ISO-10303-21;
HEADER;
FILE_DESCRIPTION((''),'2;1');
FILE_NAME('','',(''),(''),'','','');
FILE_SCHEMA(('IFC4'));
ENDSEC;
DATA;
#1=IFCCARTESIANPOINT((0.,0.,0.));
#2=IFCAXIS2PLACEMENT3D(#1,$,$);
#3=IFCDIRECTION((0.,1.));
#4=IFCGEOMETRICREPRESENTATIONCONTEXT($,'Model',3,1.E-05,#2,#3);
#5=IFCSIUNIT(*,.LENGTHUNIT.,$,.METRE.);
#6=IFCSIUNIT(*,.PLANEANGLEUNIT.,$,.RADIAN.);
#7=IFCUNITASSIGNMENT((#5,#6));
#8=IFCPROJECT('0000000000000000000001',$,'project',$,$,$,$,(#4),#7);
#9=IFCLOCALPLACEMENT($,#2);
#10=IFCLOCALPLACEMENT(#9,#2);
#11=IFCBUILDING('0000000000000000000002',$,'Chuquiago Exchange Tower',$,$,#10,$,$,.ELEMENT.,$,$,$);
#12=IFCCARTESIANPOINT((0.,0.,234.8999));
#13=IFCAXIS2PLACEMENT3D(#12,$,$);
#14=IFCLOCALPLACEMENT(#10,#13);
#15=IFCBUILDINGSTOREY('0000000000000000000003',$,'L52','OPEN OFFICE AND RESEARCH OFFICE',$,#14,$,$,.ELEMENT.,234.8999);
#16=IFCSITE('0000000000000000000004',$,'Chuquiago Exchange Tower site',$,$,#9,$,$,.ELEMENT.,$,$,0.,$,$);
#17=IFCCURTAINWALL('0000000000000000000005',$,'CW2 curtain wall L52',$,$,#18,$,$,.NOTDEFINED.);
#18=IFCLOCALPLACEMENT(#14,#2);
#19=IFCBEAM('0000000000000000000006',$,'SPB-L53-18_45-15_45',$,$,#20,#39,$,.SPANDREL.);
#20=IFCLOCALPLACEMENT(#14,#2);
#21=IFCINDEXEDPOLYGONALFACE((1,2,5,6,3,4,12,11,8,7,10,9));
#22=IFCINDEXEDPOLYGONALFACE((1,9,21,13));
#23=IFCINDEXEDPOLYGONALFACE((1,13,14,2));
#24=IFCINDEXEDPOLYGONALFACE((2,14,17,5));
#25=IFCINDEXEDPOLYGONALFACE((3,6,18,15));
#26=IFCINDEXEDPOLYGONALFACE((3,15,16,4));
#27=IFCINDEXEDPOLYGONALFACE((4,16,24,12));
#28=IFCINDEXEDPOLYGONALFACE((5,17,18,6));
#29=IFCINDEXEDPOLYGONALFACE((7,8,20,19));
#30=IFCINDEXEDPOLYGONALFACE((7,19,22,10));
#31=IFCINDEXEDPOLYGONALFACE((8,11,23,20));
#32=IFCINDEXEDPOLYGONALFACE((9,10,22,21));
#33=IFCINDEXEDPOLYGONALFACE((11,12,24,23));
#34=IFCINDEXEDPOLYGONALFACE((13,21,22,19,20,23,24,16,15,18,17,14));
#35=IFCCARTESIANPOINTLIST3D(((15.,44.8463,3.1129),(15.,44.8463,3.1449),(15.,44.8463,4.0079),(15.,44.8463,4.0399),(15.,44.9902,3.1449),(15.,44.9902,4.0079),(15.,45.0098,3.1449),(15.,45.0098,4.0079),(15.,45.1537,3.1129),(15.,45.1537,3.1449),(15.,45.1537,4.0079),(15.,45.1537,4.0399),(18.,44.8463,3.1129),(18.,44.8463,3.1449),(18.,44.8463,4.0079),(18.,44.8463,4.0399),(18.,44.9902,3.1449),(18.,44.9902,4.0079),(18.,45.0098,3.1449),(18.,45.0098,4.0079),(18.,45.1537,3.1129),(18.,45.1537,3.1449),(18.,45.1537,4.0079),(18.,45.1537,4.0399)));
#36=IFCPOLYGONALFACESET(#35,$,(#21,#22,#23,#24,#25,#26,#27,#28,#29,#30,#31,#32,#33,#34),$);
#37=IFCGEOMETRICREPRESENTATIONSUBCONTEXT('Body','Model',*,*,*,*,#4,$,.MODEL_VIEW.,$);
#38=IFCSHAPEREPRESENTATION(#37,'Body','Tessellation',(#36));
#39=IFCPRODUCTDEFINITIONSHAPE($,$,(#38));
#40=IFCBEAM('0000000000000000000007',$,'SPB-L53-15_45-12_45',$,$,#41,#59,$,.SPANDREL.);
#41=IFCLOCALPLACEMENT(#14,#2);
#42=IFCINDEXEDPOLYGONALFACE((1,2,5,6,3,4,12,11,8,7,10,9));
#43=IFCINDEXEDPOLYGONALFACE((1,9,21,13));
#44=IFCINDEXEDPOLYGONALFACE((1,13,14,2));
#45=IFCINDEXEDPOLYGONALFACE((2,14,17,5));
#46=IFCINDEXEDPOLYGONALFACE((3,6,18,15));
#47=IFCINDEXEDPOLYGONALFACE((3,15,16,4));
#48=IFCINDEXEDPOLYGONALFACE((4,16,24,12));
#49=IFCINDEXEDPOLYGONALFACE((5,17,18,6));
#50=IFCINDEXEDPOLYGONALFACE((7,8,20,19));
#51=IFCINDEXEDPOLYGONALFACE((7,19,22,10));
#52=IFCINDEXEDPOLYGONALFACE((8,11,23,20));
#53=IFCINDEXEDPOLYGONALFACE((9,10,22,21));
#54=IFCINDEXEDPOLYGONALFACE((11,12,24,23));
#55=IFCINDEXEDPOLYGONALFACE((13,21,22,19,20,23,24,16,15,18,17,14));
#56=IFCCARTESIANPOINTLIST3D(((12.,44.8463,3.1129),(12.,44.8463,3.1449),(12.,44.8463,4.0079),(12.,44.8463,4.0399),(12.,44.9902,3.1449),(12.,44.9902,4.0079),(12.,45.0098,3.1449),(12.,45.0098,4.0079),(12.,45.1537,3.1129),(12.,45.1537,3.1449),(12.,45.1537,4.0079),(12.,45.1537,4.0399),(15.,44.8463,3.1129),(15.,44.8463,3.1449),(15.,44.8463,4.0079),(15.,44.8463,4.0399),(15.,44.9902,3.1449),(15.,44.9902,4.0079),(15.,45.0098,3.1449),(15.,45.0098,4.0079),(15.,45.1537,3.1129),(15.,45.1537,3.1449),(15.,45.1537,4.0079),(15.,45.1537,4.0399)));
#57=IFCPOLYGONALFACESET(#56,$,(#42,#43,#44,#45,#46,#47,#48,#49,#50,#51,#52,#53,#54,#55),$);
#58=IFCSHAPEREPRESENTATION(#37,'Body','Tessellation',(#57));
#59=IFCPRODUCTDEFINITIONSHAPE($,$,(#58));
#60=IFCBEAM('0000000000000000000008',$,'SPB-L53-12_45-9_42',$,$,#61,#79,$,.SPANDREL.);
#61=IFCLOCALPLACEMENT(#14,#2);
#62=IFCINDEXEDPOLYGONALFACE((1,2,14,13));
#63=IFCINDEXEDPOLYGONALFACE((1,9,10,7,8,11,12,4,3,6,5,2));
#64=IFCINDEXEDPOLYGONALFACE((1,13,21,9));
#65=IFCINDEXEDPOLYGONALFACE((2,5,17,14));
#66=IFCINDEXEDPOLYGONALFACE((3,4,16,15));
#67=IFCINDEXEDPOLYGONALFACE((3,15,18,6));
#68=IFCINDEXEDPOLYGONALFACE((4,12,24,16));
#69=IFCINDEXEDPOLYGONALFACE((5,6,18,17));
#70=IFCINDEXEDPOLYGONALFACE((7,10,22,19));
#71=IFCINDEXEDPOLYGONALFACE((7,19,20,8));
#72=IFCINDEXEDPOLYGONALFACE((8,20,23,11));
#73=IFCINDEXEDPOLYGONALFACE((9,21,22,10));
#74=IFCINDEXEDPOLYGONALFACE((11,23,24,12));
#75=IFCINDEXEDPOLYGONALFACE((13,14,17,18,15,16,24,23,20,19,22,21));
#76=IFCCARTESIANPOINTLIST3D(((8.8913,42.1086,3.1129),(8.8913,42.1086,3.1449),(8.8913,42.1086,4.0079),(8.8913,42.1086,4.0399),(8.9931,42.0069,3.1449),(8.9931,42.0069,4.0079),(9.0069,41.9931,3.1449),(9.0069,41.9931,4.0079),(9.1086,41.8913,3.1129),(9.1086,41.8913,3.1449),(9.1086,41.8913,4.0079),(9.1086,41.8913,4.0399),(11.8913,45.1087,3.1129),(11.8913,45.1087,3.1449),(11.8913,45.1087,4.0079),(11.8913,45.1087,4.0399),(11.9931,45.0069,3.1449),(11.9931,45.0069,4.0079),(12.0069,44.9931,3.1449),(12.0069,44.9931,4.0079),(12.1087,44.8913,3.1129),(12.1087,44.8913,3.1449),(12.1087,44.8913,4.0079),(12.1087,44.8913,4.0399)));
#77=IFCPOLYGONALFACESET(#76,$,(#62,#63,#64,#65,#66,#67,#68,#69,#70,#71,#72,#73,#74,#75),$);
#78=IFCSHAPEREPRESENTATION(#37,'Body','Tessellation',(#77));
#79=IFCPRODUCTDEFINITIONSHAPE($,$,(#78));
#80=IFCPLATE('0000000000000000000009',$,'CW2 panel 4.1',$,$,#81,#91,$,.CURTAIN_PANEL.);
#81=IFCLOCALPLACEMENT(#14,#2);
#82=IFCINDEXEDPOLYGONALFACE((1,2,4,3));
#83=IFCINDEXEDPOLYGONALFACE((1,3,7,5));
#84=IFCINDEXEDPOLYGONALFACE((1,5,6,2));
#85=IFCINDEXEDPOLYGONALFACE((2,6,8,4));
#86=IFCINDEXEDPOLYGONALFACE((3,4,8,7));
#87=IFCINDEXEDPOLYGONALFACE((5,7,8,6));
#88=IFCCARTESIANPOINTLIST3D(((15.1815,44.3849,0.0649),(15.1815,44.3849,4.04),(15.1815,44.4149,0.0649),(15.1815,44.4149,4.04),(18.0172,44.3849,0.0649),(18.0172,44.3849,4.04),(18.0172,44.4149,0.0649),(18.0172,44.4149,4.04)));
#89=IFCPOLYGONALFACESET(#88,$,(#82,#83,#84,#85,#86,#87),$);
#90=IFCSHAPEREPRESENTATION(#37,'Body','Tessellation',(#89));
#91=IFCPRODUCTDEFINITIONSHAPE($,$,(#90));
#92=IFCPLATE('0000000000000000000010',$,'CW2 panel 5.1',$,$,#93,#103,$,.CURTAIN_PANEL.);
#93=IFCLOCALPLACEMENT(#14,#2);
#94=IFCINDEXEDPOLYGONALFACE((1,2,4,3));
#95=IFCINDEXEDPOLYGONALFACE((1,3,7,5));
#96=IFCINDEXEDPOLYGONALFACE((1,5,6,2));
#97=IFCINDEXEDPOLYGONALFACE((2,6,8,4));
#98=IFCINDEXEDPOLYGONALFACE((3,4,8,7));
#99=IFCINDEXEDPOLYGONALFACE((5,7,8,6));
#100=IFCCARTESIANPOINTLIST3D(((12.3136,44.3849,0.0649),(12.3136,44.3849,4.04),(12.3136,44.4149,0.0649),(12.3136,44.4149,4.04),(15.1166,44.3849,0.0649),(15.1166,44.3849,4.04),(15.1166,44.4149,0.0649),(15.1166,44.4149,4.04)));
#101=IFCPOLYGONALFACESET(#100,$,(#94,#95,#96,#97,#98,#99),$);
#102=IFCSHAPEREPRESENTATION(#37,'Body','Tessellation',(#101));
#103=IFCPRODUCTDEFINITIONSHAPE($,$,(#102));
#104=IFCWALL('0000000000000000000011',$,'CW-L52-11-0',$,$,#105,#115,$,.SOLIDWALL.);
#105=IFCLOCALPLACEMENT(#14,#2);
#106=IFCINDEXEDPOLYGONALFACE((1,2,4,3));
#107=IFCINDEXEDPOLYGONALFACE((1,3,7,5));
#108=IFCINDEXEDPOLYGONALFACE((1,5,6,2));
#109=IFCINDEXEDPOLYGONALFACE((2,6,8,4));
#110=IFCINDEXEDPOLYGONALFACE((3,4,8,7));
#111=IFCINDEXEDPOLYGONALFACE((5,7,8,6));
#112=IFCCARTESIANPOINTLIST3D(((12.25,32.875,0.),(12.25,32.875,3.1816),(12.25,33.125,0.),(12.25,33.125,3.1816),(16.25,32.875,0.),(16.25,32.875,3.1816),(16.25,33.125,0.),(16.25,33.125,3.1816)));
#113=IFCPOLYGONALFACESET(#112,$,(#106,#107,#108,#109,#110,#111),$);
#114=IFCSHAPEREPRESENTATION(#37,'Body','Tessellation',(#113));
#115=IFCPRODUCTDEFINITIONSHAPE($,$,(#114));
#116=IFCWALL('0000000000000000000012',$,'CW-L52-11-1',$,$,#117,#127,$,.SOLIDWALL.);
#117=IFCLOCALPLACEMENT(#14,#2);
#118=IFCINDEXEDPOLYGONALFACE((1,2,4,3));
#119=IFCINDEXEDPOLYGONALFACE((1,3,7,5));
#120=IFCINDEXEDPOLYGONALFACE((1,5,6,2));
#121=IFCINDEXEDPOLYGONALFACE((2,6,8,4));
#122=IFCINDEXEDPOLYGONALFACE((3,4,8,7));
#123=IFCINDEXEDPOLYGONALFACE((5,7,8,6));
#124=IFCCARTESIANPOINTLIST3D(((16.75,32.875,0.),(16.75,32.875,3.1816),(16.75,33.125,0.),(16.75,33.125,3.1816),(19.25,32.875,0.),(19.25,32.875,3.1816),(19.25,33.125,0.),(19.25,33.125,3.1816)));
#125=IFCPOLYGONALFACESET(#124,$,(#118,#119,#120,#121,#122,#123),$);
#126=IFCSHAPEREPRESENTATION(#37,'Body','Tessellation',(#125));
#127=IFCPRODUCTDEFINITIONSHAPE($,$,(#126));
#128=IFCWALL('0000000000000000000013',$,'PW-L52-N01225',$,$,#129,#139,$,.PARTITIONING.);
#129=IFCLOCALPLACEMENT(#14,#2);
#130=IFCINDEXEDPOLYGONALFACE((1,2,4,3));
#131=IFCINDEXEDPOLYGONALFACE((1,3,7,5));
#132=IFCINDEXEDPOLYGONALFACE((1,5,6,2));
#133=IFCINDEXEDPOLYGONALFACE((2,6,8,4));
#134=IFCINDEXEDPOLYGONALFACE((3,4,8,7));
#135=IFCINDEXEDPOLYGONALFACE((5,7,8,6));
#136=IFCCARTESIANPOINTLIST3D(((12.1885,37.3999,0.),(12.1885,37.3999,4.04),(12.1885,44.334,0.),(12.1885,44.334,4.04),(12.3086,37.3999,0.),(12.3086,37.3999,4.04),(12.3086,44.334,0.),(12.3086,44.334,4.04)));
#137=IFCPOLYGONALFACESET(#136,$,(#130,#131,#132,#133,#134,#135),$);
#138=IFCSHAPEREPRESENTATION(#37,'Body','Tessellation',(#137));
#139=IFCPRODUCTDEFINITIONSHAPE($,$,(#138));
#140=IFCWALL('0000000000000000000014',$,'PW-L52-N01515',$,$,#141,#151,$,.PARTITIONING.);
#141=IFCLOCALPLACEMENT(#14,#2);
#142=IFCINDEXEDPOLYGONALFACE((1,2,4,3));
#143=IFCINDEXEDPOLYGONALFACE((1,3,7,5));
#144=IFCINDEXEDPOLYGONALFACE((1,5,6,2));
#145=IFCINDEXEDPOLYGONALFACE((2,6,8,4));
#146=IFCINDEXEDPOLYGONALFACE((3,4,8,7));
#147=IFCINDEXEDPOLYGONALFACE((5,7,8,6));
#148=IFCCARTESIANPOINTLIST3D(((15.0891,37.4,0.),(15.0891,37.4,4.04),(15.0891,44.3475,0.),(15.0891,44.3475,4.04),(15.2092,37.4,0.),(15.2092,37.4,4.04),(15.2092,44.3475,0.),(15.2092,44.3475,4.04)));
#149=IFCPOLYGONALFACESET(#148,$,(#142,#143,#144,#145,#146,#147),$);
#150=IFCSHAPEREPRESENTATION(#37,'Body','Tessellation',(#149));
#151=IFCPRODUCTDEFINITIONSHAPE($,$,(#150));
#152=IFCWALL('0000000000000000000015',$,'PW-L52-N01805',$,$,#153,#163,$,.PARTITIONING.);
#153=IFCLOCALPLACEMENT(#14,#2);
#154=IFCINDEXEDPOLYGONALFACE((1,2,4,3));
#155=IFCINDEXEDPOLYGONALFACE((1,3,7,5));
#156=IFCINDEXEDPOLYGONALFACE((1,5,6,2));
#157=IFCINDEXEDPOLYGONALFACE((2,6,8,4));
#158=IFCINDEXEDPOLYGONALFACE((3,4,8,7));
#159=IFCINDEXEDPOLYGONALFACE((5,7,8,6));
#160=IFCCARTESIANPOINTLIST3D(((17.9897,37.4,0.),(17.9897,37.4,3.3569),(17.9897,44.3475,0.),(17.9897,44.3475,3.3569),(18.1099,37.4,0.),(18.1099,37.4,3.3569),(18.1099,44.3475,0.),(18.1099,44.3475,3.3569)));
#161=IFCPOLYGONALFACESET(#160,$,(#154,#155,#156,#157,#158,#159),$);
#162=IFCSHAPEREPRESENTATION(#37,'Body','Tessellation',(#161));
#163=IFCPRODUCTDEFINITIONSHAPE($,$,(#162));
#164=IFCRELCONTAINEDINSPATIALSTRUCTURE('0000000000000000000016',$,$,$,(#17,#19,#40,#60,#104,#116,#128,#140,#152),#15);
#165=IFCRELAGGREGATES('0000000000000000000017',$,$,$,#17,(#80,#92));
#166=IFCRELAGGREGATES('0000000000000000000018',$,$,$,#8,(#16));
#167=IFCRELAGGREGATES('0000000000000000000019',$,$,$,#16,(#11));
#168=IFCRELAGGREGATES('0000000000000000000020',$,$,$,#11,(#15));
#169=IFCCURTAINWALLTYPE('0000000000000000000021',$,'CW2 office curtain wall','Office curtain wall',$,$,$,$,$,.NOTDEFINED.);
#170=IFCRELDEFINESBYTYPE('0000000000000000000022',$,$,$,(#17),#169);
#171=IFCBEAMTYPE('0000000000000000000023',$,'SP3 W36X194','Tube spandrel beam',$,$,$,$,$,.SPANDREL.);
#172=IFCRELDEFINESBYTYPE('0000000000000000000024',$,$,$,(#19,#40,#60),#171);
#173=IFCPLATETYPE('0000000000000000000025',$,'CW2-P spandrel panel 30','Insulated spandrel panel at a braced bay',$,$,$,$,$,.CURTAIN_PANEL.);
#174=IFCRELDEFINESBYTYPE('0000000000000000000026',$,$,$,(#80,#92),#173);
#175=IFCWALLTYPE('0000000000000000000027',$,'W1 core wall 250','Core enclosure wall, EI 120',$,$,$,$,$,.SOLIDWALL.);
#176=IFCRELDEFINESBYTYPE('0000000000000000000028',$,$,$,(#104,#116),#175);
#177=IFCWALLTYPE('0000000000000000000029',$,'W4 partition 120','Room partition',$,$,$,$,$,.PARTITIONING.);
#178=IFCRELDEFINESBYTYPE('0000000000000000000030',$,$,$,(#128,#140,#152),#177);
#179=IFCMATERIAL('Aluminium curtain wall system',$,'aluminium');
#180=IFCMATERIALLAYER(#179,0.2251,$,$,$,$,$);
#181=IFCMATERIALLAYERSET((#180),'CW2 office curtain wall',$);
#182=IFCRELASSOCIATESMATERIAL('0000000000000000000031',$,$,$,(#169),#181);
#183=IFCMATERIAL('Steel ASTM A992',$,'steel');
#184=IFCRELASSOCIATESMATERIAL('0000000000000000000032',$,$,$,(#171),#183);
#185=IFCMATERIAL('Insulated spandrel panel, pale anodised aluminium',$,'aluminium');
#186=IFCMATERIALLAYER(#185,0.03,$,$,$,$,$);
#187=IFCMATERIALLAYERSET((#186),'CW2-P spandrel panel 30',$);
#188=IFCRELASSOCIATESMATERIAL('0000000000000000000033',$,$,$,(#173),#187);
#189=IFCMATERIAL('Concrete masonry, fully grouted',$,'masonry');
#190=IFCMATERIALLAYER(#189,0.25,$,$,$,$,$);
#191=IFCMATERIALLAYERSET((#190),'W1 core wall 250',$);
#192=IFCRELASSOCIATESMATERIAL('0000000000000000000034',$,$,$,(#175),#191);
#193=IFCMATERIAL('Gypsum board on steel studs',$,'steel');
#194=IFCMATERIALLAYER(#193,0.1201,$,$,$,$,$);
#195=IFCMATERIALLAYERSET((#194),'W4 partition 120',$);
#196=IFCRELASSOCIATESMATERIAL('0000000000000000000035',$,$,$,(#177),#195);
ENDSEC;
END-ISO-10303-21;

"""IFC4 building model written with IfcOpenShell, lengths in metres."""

from ifc_helpers import new_model, si_unit, direction, frame, frame_2d, origin, origin_2d, place, context, subcontext, project, spatial, rectangle, i_section, extrude, material, layer, layer_set, material_profile, profile_set, type_object, element, aggregate, save


model = new_model("IFC4")

# Units and contexts
model_context = context("Model", 3, precision=1e-05, world=origin(), true_north=direction((0.0, 1.0)))
body_context = subcontext(model_context, "Body", "Model", "MODEL_VIEW")
ifc_project = project(units=[si_unit("LENGTHUNIT", "METRE"), si_unit("PLANEANGLEUNIT", "RADIAN")], contexts=[model_context])

# Site, building, storey
site_placement = place(None, origin())
site = spatial("IfcSite", under=ifc_project, at=site_placement, Name="Chuquiago Exchange Tower site", CompositionType="ELEMENT", RefElevation=0.0)
building_placement = place(site_placement, origin())
building = spatial("IfcBuilding", under=site, at=building_placement, Name="Chuquiago Exchange Tower", CompositionType="ELEMENT")
storey_placement = place(building_placement, frame((0.0, 0.0, 234.8999)))
storey = spatial("IfcBuildingStorey", under=building, at=storey_placement, Name="L52", Description="OPEN OFFICE AND RESEARCH OFFICE", CompositionType="ELEMENT", Elevation=234.8999)

# Curtain wall
ifc_material_1 = material(Name="Aluminium curtain wall system", Category="aluminium")
ifc_layer_1 = layer(ifc_material_1, 0.2251)
ifc_layer_set_1 = layer_set([ifc_layer_1], Name="CW2 office curtain wall")
curtain_wall_type_1 = type_object("IfcCurtainWallType", Name="CW2 office curtain wall", Description="Office curtain wall", PredefinedType="NOTDEFINED", material=ifc_layer_set_1)
curtain_wall_1_placement = place(storey_placement, origin())
curtain_wall_1 = element("IfcCurtainWall", 1, at=curtain_wall_1_placement, inside=storey, type_object=curtain_wall_type_1, Name="CW2 curtain wall L52", PredefinedType="NOTDEFINED")

# Beams
ifc_material_2 = material(Name="Steel ASTM A992", Category="steel")
ifc_material_profile_1 = material_profile(ifc_material_2, i_section(OverallWidth=0.3074, OverallDepth=0.927, WebThickness=0.0195, FlangeThickness=0.032, at=origin_2d()), Name="W36X194")
ifc_profile_set_1 = profile_set([ifc_material_profile_1], Name="Steel ASTM A992")
beam_type_1 = type_object("IfcBeamType", Name="SP3 W36X194", Description="Tube spandrel beam", PredefinedType="SPANDREL", material=ifc_profile_set_1)
for number, where, z_axis, x_axis, name in (
    (2, (18.0, 45.0, 3.5764), (-1.0, 0.0, 0.0), (0.0, -1.0, 0.0), "SPB-L53-18_45-15_45"),
    (3, (15.0, 45.0, 3.5764), (-1.0, 0.0, 0.0), (0.0, -1.0, 0.0), "SPB-L53-15_45-12_45"),
):
    element("IfcBeam", number, at=place(storey_placement, frame(where, z_axis=z_axis, x_axis=x_axis)), inside=storey, type_object=beam_type_1, Name=name, PredefinedType="SPANDREL", context=body_context, shape_type="SweptSolid", body=[
        extrude(i_section(OverallWidth=0.3074, OverallDepth=0.927, WebThickness=0.0195, FlangeThickness=0.032, at=origin_2d()), origin(), (0.0, 0.0, 1.0), 3.0),
    ])
beam_1_placement = place(storey_placement, frame((12.0, 45.0, 3.5764), z_axis=(-0.707107, -0.707107, 0.0), x_axis=(0.707107, -0.707107, 0.0)))
element("IfcBeam", 4, at=beam_1_placement, inside=storey, type_object=beam_type_1, Name="SPB-L53-12_45-9_42", PredefinedType="SPANDREL", context=body_context, shape_type="SweptSolid", body=[
    extrude(i_section(OverallWidth=0.3074, OverallDepth=0.927, WebThickness=0.0195, FlangeThickness=0.032, at=origin_2d()), origin(), (0.0, 0.0, 1.0), 4.2427),
])

# Plates
ifc_material_3 = material(Name="Insulated spandrel panel, pale anodised aluminium", Category="aluminium")
ifc_layer_2 = layer(ifc_material_3, 0.03)
ifc_layer_set_2 = layer_set([ifc_layer_2], Name="CW2-P spandrel panel 30")
plate_type = type_object("IfcPlateType", Name="CW2-P spandrel panel 30", Description="Insulated spandrel panel at a braced bay", PredefinedType="CURTAIN_PANEL", material=ifc_layer_set_2)
plate_1_placement = place(storey_placement, frame((16.5994, 44.3999, 0.0649), z_axis=(0.0, 0.0, 1.0), x_axis=(-1.0, 0.0, 0.0)))
plate_1 = element("IfcPlate", 5, at=plate_1_placement, type_object=plate_type, Name="CW2 panel 4.1", PredefinedType="CURTAIN_PANEL", context=body_context, shape_type="SweptSolid", body=[
    extrude(rectangle(XDim=2.8357, YDim=0.03, at=origin_2d()), origin(), (0.0, 0.0, 1.0), 3.9751),
])
plate_2_placement = place(storey_placement, frame((13.7151, 44.3999, 0.0649), z_axis=(0.0, 0.0, 1.0), x_axis=(-1.0, 0.0, 0.0)))
plate_2 = element("IfcPlate", 6, at=plate_2_placement, type_object=plate_type, Name="CW2 panel 5.1", PredefinedType="CURTAIN_PANEL", context=body_context, shape_type="SweptSolid", body=[
    extrude(rectangle(XDim=2.803, YDim=0.03, at=origin_2d()), origin(), (0.0, 0.0, 1.0), 3.9751),
])
aggregate(curtain_wall_1, [plate_1, plate_2])

# Walls
ifc_material_4 = material(Name="Concrete masonry, fully grouted", Category="masonry")
ifc_layer_3 = layer(ifc_material_4, 0.25)
ifc_layer_set_3 = layer_set([ifc_layer_3], Name="W1 core wall 250")
wall_type_1 = type_object("IfcWallType", Name="W1 core wall 250", Description="Core enclosure wall, EI 120", PredefinedType="SOLIDWALL", material=ifc_layer_set_3)
wall_1_placement = place(storey_placement, frame((12.25, 33.0, 0.0), z_axis=(0.0, 0.0, 1.0), x_axis=(1.0, 0.0, 0.0)))
element("IfcWall", 7, at=wall_1_placement, inside=storey, type_object=wall_type_1, Name="CW-L52-11-0", PredefinedType="SOLIDWALL", context=body_context, shape_type="SweptSolid", body=[
    extrude(rectangle(XDim=4.0, YDim=0.25, at=frame_2d((2.0, 0.0))), origin(), (0.0, 0.0, 1.0), 3.1816),
])
wall_2_placement = place(storey_placement, frame((16.75, 33.0, 0.0), z_axis=(0.0, 0.0, 1.0), x_axis=(1.0, 0.0, 0.0)))
element("IfcWall", 8, at=wall_2_placement, inside=storey, type_object=wall_type_1, Name="CW-L52-11-1", PredefinedType="SOLIDWALL", context=body_context, shape_type="SweptSolid", body=[
    extrude(rectangle(XDim=2.5, YDim=0.25, at=frame_2d((1.25, 0.0))), origin(), (0.0, 0.0, 1.0), 3.1816),
])
ifc_material_5 = material(Name="Gypsum board on steel studs", Category="steel")
ifc_layer_4 = layer(ifc_material_5, 0.1201)
ifc_layer_set_4 = layer_set([ifc_layer_4], Name="W4 partition 120")
wall_type_2 = type_object("IfcWallType", Name="W4 partition 120", Description="Room partition", PredefinedType="PARTITIONING", material=ifc_layer_set_4)
wall_3_placement = place(storey_placement, frame((12.2485, 44.334, 0.0), z_axis=(0.0, 0.0, 1.0), x_axis=(0.0, -1.0, 0.0)))
element("IfcWall", 9, at=wall_3_placement, inside=storey, type_object=wall_type_2, Name="PW-L52-N01225", PredefinedType="PARTITIONING", context=body_context, shape_type="SweptSolid", body=[
    extrude(rectangle(XDim=6.9341, YDim=0.1201, at=frame_2d((3.467, 0.0))), origin(), (0.0, 0.0, 1.0), 4.04),
])
wall_4_placement = place(storey_placement, frame((15.1492, 44.3474, 0.0), z_axis=(0.0, 0.0, 1.0), x_axis=(0.0, -1.0, 0.0)))
element("IfcWall", 10, at=wall_4_placement, inside=storey, type_object=wall_type_2, Name="PW-L52-N01515", PredefinedType="PARTITIONING", context=body_context, shape_type="SweptSolid", body=[
    extrude(rectangle(XDim=6.9475, YDim=0.1201, at=frame_2d((3.4736, 0.0))), origin(), (0.0, 0.0, 1.0), 4.04),
])
wall_5_placement = place(storey_placement, frame((18.0498, 44.3474, 0.0), z_axis=(0.0, 0.0, 1.0), x_axis=(0.0, -1.0, 0.0)))
element("IfcWall", 11, at=wall_5_placement, inside=storey, type_object=wall_type_2, Name="PW-L52-N01805", PredefinedType="PARTITIONING", context=body_context, shape_type="SweptSolid", body=[
    extrude(rectangle(XDim=6.9475, YDim=0.1201, at=frame_2d((3.4736, 0.0))), origin(), (0.0, 0.0, 1.0), 3.3569),
])

save(model, "model.ifc")
